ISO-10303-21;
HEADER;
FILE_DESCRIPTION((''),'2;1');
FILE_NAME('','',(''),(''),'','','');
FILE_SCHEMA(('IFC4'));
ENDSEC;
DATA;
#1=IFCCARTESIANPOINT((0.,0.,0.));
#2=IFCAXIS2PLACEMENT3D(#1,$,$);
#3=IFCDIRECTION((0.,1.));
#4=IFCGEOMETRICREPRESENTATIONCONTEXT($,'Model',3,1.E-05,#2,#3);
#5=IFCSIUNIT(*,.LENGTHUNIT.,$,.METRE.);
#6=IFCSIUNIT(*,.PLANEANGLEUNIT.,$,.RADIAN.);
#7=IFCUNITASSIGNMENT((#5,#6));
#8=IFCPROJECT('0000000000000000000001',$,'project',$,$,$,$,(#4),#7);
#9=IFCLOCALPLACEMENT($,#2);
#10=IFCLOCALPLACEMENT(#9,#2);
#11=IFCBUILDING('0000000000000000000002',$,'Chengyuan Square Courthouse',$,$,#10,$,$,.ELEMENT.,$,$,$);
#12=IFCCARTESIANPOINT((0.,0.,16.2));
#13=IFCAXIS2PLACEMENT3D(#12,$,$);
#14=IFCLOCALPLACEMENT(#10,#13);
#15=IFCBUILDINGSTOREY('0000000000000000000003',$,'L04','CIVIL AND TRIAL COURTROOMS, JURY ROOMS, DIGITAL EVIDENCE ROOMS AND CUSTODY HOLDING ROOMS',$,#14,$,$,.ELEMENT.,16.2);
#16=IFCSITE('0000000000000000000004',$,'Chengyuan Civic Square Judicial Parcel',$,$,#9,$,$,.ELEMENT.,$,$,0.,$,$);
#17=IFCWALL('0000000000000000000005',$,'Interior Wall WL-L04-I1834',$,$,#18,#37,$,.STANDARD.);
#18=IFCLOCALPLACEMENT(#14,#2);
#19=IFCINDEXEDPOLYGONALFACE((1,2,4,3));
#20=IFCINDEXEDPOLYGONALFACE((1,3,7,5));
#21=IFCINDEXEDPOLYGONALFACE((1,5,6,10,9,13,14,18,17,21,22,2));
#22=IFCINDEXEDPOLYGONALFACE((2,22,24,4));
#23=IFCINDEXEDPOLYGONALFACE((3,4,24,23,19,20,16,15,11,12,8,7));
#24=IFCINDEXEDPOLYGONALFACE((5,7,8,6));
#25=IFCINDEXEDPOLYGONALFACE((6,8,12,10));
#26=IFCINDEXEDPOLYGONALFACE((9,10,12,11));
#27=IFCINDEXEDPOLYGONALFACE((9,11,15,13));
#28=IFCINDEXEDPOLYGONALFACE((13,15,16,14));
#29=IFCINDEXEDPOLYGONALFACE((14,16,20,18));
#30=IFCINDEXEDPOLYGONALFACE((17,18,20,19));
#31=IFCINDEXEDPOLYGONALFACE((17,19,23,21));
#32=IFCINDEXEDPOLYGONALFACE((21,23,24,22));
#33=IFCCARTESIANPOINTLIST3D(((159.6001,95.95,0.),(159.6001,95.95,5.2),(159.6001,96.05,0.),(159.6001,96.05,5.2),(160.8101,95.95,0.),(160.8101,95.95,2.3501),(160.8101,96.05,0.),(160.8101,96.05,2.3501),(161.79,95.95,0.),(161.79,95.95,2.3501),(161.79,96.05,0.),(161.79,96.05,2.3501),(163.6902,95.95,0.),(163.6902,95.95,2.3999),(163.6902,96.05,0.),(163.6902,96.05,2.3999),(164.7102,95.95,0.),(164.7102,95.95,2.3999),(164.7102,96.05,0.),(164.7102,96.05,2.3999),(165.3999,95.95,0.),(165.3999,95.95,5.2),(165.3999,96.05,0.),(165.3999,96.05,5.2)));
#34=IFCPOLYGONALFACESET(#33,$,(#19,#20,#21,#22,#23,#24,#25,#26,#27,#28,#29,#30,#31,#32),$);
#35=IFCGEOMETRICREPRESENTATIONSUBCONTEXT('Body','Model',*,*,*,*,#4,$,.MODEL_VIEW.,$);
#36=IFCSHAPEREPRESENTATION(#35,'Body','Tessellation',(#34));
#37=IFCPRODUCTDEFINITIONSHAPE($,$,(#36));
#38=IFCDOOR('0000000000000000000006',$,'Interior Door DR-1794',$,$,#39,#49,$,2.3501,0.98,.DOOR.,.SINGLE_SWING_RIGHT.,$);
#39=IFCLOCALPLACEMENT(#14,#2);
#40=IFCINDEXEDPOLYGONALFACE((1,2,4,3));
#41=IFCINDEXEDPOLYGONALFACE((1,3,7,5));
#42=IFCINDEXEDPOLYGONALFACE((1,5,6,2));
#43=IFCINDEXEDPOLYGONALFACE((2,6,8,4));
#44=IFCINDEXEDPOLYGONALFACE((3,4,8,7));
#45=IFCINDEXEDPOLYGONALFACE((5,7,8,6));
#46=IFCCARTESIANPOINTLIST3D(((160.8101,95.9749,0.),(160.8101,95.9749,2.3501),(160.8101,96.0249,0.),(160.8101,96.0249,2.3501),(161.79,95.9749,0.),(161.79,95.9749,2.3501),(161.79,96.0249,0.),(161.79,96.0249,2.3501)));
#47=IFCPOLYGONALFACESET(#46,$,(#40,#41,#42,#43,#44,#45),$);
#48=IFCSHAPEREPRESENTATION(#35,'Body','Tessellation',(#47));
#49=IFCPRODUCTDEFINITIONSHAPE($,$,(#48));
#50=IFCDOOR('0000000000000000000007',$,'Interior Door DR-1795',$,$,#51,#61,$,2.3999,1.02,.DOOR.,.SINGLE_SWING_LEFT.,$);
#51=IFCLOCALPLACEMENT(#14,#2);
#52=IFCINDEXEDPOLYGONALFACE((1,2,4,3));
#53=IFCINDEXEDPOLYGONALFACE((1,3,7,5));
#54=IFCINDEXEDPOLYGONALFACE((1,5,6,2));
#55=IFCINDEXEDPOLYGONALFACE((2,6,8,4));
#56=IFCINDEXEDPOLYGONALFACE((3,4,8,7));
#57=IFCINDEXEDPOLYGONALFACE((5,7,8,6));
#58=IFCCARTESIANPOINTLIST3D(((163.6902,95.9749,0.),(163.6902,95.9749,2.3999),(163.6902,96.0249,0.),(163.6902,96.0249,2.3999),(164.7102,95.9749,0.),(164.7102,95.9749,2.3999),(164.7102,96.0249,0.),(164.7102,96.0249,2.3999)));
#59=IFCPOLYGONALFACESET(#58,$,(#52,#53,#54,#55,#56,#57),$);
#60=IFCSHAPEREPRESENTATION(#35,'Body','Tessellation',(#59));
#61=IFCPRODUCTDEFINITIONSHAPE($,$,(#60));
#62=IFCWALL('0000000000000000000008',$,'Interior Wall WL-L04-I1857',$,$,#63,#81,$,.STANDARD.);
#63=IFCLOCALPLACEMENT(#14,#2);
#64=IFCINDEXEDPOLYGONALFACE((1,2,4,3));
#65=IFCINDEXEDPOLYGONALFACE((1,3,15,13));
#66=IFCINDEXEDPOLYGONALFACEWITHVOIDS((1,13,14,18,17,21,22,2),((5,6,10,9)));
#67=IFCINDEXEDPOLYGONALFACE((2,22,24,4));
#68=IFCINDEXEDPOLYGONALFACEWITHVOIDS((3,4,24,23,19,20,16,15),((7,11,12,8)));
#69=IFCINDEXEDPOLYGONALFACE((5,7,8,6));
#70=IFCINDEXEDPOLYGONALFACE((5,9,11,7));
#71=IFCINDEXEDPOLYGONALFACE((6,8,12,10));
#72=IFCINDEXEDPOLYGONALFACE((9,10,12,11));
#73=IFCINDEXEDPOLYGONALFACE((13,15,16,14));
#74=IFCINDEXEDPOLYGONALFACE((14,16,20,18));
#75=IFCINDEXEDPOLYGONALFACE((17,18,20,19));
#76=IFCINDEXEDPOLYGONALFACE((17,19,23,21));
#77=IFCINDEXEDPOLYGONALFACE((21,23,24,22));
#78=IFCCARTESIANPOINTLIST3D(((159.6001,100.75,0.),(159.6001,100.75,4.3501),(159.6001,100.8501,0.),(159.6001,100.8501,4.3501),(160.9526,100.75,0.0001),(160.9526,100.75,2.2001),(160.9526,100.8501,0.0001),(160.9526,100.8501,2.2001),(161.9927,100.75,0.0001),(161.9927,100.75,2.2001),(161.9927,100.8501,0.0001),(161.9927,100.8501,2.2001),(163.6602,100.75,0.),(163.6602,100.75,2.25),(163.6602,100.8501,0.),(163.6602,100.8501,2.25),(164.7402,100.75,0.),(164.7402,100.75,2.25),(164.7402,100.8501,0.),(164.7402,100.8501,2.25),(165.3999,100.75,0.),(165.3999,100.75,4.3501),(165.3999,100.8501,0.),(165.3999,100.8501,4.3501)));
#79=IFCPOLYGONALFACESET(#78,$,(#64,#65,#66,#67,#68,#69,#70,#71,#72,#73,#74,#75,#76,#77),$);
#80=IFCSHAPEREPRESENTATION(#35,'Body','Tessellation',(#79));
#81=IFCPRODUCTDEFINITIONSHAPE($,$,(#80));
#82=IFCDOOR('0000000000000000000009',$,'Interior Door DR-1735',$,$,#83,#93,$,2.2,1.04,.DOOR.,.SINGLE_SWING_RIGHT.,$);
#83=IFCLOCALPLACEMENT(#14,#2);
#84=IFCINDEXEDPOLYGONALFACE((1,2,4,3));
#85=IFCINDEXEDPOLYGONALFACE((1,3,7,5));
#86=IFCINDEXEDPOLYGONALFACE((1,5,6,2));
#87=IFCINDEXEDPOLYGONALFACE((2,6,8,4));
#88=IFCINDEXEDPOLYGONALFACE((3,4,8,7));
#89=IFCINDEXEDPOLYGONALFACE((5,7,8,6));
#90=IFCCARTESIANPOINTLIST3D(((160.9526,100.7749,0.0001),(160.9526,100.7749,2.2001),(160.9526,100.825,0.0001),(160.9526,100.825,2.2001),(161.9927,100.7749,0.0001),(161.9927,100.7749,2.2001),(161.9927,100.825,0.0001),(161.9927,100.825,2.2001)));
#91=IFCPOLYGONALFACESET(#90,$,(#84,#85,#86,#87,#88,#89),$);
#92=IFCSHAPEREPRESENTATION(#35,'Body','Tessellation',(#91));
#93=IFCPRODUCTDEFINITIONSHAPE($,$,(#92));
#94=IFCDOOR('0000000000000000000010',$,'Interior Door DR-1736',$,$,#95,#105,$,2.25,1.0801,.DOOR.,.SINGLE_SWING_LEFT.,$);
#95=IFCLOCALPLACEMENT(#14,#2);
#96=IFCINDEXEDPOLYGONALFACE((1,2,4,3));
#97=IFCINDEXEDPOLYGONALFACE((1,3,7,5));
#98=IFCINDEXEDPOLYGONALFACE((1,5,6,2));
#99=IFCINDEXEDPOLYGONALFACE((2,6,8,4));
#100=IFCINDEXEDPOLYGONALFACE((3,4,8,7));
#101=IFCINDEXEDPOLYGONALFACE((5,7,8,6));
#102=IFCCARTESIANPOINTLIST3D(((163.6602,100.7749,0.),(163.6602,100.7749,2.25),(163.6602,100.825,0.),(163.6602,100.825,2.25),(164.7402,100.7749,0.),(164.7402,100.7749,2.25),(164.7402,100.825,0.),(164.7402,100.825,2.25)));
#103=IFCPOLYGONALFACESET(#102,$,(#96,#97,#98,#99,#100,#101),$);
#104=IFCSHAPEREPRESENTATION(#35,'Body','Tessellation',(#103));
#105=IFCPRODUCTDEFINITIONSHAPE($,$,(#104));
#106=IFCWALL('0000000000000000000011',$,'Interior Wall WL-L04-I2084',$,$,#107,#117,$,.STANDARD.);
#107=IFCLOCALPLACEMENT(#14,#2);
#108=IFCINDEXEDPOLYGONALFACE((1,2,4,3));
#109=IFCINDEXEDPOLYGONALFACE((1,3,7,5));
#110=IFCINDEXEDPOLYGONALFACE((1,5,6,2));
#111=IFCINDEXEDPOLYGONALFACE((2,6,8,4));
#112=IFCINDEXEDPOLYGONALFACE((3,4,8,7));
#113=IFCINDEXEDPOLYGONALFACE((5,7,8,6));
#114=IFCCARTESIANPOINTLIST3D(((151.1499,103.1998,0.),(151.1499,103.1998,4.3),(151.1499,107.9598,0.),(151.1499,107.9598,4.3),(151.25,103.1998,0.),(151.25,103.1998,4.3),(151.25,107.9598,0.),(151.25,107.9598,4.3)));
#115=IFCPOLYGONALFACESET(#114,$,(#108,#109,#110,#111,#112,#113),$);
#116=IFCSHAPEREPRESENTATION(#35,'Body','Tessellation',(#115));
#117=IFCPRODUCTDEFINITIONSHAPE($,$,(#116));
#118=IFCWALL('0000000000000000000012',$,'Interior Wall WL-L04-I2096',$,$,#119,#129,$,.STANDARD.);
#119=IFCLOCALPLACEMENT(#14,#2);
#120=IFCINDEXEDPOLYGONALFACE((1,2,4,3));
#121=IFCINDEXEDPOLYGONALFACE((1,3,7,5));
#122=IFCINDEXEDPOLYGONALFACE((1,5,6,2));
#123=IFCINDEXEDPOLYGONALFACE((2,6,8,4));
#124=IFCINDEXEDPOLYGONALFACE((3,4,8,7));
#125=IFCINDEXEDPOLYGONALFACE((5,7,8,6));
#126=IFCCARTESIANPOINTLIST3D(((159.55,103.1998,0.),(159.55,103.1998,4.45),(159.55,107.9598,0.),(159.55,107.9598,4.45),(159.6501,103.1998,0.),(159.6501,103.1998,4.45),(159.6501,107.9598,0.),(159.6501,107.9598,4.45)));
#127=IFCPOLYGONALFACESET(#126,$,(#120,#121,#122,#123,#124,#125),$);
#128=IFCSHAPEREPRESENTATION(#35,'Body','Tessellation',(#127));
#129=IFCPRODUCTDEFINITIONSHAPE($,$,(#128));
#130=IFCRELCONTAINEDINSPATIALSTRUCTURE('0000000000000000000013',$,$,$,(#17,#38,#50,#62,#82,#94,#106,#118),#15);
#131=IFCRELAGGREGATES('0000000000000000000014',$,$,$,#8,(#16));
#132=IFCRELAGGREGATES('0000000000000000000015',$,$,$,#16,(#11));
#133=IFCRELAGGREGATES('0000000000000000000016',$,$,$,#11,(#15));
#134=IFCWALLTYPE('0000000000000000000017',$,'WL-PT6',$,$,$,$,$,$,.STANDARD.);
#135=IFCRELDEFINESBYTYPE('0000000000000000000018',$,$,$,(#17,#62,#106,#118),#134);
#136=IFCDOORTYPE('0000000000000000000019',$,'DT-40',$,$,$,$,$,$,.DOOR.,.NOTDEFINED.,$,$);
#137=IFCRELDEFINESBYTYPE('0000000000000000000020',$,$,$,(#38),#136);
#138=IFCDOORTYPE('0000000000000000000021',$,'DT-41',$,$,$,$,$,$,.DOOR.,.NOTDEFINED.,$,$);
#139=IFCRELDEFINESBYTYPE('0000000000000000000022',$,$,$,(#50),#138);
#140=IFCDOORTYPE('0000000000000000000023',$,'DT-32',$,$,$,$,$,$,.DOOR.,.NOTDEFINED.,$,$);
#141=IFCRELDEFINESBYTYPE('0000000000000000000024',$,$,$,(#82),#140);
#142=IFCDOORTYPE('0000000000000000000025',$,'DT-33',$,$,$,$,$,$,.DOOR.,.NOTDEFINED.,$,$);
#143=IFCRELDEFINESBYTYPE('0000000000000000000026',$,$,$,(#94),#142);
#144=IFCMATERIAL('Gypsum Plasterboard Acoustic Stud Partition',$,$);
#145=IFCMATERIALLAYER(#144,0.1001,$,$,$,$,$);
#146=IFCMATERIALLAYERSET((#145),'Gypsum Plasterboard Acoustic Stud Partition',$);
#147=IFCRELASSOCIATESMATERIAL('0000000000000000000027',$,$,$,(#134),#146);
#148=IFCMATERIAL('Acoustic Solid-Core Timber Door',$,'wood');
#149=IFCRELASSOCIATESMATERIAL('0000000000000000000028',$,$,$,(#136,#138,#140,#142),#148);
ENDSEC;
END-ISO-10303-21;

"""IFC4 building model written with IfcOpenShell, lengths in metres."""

from ifc_helpers import new_model, si_unit, direction, frame, frame_2d, origin, place, context, subcontext, project, spatial, rectangle, extrude, material, layer, layer_set, type_object, element, fill, save


model = new_model("IFC4")

# Units and contexts
model_context = context("Model", 3, precision=1e-05, world=origin(), true_north=direction((0.0, 1.0)))
body_context = subcontext(model_context, "Body", "Model", "MODEL_VIEW")
ifc_project = project(units=[si_unit("LENGTHUNIT", "METRE"), si_unit("PLANEANGLEUNIT", "RADIAN")], contexts=[model_context])

# Site, building, storey
site_placement = place(None, origin())
site = spatial("IfcSite", under=ifc_project, at=site_placement, Name="Chengyuan Civic Square Judicial Parcel", CompositionType="ELEMENT", RefElevation=0.0)
building_placement = place(site_placement, origin())
building = spatial("IfcBuilding", under=site, at=building_placement, Name="Chengyuan Square Courthouse", CompositionType="ELEMENT")
storey_placement = place(building_placement, frame((0.0, 0.0, 16.2)))
storey = spatial("IfcBuildingStorey", under=building, at=storey_placement, Name="L04", Description="CIVIL AND TRIAL COURTROOMS, JURY ROOMS, DIGITAL EVIDENCE ROOMS AND CUSTODY HOLDING ROOMS", CompositionType="ELEMENT", Elevation=16.2)

# Walls, openings, doors
ifc_material_1 = material(Name="Gypsum Plasterboard Acoustic Stud Partition")
ifc_layer_1 = layer(ifc_material_1, 0.1001)
ifc_layer_set_1 = layer_set([ifc_layer_1], Name="Gypsum Plasterboard Acoustic Stud Partition")
wall_type_1 = type_object("IfcWallType", Name="WL-PT6", PredefinedType="STANDARD", material=ifc_layer_set_1)
wall_1_placement = place(storey_placement, frame((159.6001, 96.0, 0.0), z_axis=(0.0, 0.0, 1.0), x_axis=(1.0, 0.0, 0.0)))
wall_1 = element("IfcWall", 1, at=wall_1_placement, inside=storey, type_object=wall_type_1, Name="Interior Wall WL-L04-I1834", PredefinedType="STANDARD", context=body_context, shape_type="SweptSolid", body=[
    extrude(rectangle(XDim=5.7998, YDim=0.1001, at=frame_2d((2.8999, 0.0))), origin(), (0.0, 0.0, 1.0), 5.2),
])
opening_1_placement = place(wall_1_placement, frame((1.21, 0.0, 0.0)))
opening_1 = element("IfcOpeningElement", 2, at=opening_1_placement, cuts=wall_1, PredefinedType="OPENING", context=body_context, shape_type="SweptSolid", body=[
    extrude(rectangle(XDim=0.98, YDim=2.3501, at=frame_2d((0.49, 1.175))), frame((0.0, 0.062, 0.0), z_axis=(0.0, -1.0, 0.0), x_axis=(1.0, 0.0, 0.0)), (0.0, 0.0, 1.0), 0.124),
])
opening_2_placement = place(wall_1_placement, frame((4.0901, 0.0, 0.0)))
opening_2 = element("IfcOpeningElement", 3, at=opening_2_placement, cuts=wall_1, PredefinedType="OPENING", context=body_context, shape_type="SweptSolid", body=[
    extrude(rectangle(XDim=1.02, YDim=2.3999, at=frame_2d((0.51, 1.2))), frame((0.0, 0.062, 0.0), z_axis=(0.0, -1.0, 0.0), x_axis=(1.0, 0.0, 0.0)), (0.0, 0.0, 1.0), 0.124),
])
ifc_material_2 = material(Name="Acoustic Solid-Core Timber Door", Category="wood")
door_type_1 = type_object("IfcDoorType", Name="DT-40", OperationType="NOTDEFINED", PredefinedType="DOOR", material=ifc_material_2)
door_1_placement = place(opening_1_placement, origin())
door_1 = element("IfcDoor", 4, at=door_1_placement, inside=storey, type_object=door_type_1, Name="Interior Door DR-1794", OperationType="SINGLE_SWING_RIGHT", OverallHeight=2.3501, OverallWidth=0.98, PredefinedType="DOOR", context=body_context, shape_type="SweptSolid", body=[
    extrude(rectangle(XDim=0.98, YDim=2.3501, at=frame_2d((0.49, 1.175))), frame((0.0, 0.0249, 0.0), z_axis=(0.0, -1.0, 0.0), x_axis=(1.0, 0.0, 0.0)), (0.0, 0.0, 1.0), 0.05),
])
fill(opening_1, door_1)
door_type_2 = type_object("IfcDoorType", Name="DT-41", OperationType="NOTDEFINED", PredefinedType="DOOR", material=ifc_material_2)
door_2_placement = place(opening_2_placement, origin())
door_2 = element("IfcDoor", 5, at=door_2_placement, inside=storey, type_object=door_type_2, Name="Interior Door DR-1795", OperationType="SINGLE_SWING_LEFT", OverallHeight=2.3999, OverallWidth=1.02, PredefinedType="DOOR", context=body_context, shape_type="SweptSolid", body=[
    extrude(rectangle(XDim=1.02, YDim=2.3999, at=frame_2d((0.51, 1.2))), frame((0.0, 0.0249, 0.0), z_axis=(0.0, -1.0, 0.0), x_axis=(1.0, 0.0, 0.0)), (0.0, 0.0, 1.0), 0.05),
])
fill(opening_2, door_2)
wall_2_placement = place(storey_placement, frame((159.6001, 100.8, 0.0), z_axis=(0.0, 0.0, 1.0), x_axis=(1.0, 0.0, 0.0)))
wall_2 = element("IfcWall", 6, at=wall_2_placement, inside=storey, type_object=wall_type_1, Name="Interior Wall WL-L04-I1857", PredefinedType="STANDARD", context=body_context, shape_type="SweptSolid", body=[
    extrude(rectangle(XDim=5.7998, YDim=0.1001, at=frame_2d((2.8999, 0.0))), origin(), (0.0, 0.0, 1.0), 4.3501),
])
opening_3_placement = place(wall_2_placement, frame((1.3525, 0.0, 0.0)))
opening_3 = element("IfcOpeningElement", 7, at=opening_3_placement, cuts=wall_2, PredefinedType="OPENING", context=body_context, shape_type="SweptSolid", body=[
    extrude(rectangle(XDim=1.04, YDim=2.2, at=frame_2d((0.52, 1.1001))), frame((0.0, 0.062, 0.0), z_axis=(0.0, -1.0, 0.0), x_axis=(1.0, 0.0, 0.0)), (0.0, 0.0, 1.0), 0.124),
])
opening_4_placement = place(wall_2_placement, frame((4.0601, 0.0, 0.0)))
opening_4 = element("IfcOpeningElement", 8, at=opening_4_placement, cuts=wall_2, PredefinedType="OPENING", context=body_context, shape_type="SweptSolid", body=[
    extrude(rectangle(XDim=1.0801, YDim=2.25, at=frame_2d((0.54, 1.125))), frame((0.0, 0.062, 0.0), z_axis=(0.0, -1.0, 0.0), x_axis=(1.0, 0.0, 0.0)), (0.0, 0.0, 1.0), 0.124),
])
door_type_3 = type_object("IfcDoorType", Name="DT-32", OperationType="NOTDEFINED", PredefinedType="DOOR", material=ifc_material_2)
door_3_placement = place(opening_3_placement, origin())
door_3 = element("IfcDoor", 9, at=door_3_placement, inside=storey, type_object=door_type_3, Name="Interior Door DR-1735", OperationType="SINGLE_SWING_RIGHT", OverallHeight=2.2, OverallWidth=1.04, PredefinedType="DOOR", context=body_context, shape_type="SweptSolid", body=[
    extrude(rectangle(XDim=1.04, YDim=2.2, at=frame_2d((0.52, 1.1001))), frame((0.0, 0.0249, 0.0), z_axis=(0.0, -1.0, 0.0), x_axis=(1.0, 0.0, 0.0)), (0.0, 0.0, 1.0), 0.05),
])
fill(opening_3, door_3)
door_type_4 = type_object("IfcDoorType", Name="DT-33", OperationType="NOTDEFINED", PredefinedType="DOOR", material=ifc_material_2)
door_4_placement = place(opening_4_placement, origin())
door_4 = element("IfcDoor", 10, at=door_4_placement, inside=storey, type_object=door_type_4, Name="Interior Door DR-1736", OperationType="SINGLE_SWING_LEFT", OverallHeight=2.25, OverallWidth=1.0801, PredefinedType="DOOR", context=body_context, shape_type="SweptSolid", body=[
    extrude(rectangle(XDim=1.0801, YDim=2.25, at=frame_2d((0.54, 1.125))), frame((0.0, 0.0249, 0.0), z_axis=(0.0, -1.0, 0.0), x_axis=(1.0, 0.0, 0.0)), (0.0, 0.0, 1.0), 0.05),
])
fill(opening_4, door_4)

# Walls
wall_3_placement = place(storey_placement, frame((151.2, 103.2, 0.0), z_axis=(0.0, 0.0, 1.0), x_axis=(0.0, 1.0, 0.0)))
element("IfcWall", 11, at=wall_3_placement, inside=storey, type_object=wall_type_1, Name="Interior Wall WL-L04-I2084", PredefinedType="STANDARD", context=body_context, shape_type="SweptSolid", body=[
    extrude(rectangle(XDim=4.76, YDim=0.1001, at=frame_2d((2.3799, 0.0))), origin(), (0.0, 0.0, 1.0), 4.3),
])
wall_4_placement = place(storey_placement, frame((159.6001, 103.2, 0.0), z_axis=(0.0, 0.0, 1.0), x_axis=(0.0, 1.0, 0.0)))
element("IfcWall", 12, at=wall_4_placement, inside=storey, type_object=wall_type_1, Name="Interior Wall WL-L04-I2096", PredefinedType="STANDARD", context=body_context, shape_type="SweptSolid", body=[
    extrude(rectangle(XDim=4.76, YDim=0.1001, at=frame_2d((2.3799, 0.0))), origin(), (0.0, 0.0, 1.0), 4.45),
])

save(model, "model.ifc")
